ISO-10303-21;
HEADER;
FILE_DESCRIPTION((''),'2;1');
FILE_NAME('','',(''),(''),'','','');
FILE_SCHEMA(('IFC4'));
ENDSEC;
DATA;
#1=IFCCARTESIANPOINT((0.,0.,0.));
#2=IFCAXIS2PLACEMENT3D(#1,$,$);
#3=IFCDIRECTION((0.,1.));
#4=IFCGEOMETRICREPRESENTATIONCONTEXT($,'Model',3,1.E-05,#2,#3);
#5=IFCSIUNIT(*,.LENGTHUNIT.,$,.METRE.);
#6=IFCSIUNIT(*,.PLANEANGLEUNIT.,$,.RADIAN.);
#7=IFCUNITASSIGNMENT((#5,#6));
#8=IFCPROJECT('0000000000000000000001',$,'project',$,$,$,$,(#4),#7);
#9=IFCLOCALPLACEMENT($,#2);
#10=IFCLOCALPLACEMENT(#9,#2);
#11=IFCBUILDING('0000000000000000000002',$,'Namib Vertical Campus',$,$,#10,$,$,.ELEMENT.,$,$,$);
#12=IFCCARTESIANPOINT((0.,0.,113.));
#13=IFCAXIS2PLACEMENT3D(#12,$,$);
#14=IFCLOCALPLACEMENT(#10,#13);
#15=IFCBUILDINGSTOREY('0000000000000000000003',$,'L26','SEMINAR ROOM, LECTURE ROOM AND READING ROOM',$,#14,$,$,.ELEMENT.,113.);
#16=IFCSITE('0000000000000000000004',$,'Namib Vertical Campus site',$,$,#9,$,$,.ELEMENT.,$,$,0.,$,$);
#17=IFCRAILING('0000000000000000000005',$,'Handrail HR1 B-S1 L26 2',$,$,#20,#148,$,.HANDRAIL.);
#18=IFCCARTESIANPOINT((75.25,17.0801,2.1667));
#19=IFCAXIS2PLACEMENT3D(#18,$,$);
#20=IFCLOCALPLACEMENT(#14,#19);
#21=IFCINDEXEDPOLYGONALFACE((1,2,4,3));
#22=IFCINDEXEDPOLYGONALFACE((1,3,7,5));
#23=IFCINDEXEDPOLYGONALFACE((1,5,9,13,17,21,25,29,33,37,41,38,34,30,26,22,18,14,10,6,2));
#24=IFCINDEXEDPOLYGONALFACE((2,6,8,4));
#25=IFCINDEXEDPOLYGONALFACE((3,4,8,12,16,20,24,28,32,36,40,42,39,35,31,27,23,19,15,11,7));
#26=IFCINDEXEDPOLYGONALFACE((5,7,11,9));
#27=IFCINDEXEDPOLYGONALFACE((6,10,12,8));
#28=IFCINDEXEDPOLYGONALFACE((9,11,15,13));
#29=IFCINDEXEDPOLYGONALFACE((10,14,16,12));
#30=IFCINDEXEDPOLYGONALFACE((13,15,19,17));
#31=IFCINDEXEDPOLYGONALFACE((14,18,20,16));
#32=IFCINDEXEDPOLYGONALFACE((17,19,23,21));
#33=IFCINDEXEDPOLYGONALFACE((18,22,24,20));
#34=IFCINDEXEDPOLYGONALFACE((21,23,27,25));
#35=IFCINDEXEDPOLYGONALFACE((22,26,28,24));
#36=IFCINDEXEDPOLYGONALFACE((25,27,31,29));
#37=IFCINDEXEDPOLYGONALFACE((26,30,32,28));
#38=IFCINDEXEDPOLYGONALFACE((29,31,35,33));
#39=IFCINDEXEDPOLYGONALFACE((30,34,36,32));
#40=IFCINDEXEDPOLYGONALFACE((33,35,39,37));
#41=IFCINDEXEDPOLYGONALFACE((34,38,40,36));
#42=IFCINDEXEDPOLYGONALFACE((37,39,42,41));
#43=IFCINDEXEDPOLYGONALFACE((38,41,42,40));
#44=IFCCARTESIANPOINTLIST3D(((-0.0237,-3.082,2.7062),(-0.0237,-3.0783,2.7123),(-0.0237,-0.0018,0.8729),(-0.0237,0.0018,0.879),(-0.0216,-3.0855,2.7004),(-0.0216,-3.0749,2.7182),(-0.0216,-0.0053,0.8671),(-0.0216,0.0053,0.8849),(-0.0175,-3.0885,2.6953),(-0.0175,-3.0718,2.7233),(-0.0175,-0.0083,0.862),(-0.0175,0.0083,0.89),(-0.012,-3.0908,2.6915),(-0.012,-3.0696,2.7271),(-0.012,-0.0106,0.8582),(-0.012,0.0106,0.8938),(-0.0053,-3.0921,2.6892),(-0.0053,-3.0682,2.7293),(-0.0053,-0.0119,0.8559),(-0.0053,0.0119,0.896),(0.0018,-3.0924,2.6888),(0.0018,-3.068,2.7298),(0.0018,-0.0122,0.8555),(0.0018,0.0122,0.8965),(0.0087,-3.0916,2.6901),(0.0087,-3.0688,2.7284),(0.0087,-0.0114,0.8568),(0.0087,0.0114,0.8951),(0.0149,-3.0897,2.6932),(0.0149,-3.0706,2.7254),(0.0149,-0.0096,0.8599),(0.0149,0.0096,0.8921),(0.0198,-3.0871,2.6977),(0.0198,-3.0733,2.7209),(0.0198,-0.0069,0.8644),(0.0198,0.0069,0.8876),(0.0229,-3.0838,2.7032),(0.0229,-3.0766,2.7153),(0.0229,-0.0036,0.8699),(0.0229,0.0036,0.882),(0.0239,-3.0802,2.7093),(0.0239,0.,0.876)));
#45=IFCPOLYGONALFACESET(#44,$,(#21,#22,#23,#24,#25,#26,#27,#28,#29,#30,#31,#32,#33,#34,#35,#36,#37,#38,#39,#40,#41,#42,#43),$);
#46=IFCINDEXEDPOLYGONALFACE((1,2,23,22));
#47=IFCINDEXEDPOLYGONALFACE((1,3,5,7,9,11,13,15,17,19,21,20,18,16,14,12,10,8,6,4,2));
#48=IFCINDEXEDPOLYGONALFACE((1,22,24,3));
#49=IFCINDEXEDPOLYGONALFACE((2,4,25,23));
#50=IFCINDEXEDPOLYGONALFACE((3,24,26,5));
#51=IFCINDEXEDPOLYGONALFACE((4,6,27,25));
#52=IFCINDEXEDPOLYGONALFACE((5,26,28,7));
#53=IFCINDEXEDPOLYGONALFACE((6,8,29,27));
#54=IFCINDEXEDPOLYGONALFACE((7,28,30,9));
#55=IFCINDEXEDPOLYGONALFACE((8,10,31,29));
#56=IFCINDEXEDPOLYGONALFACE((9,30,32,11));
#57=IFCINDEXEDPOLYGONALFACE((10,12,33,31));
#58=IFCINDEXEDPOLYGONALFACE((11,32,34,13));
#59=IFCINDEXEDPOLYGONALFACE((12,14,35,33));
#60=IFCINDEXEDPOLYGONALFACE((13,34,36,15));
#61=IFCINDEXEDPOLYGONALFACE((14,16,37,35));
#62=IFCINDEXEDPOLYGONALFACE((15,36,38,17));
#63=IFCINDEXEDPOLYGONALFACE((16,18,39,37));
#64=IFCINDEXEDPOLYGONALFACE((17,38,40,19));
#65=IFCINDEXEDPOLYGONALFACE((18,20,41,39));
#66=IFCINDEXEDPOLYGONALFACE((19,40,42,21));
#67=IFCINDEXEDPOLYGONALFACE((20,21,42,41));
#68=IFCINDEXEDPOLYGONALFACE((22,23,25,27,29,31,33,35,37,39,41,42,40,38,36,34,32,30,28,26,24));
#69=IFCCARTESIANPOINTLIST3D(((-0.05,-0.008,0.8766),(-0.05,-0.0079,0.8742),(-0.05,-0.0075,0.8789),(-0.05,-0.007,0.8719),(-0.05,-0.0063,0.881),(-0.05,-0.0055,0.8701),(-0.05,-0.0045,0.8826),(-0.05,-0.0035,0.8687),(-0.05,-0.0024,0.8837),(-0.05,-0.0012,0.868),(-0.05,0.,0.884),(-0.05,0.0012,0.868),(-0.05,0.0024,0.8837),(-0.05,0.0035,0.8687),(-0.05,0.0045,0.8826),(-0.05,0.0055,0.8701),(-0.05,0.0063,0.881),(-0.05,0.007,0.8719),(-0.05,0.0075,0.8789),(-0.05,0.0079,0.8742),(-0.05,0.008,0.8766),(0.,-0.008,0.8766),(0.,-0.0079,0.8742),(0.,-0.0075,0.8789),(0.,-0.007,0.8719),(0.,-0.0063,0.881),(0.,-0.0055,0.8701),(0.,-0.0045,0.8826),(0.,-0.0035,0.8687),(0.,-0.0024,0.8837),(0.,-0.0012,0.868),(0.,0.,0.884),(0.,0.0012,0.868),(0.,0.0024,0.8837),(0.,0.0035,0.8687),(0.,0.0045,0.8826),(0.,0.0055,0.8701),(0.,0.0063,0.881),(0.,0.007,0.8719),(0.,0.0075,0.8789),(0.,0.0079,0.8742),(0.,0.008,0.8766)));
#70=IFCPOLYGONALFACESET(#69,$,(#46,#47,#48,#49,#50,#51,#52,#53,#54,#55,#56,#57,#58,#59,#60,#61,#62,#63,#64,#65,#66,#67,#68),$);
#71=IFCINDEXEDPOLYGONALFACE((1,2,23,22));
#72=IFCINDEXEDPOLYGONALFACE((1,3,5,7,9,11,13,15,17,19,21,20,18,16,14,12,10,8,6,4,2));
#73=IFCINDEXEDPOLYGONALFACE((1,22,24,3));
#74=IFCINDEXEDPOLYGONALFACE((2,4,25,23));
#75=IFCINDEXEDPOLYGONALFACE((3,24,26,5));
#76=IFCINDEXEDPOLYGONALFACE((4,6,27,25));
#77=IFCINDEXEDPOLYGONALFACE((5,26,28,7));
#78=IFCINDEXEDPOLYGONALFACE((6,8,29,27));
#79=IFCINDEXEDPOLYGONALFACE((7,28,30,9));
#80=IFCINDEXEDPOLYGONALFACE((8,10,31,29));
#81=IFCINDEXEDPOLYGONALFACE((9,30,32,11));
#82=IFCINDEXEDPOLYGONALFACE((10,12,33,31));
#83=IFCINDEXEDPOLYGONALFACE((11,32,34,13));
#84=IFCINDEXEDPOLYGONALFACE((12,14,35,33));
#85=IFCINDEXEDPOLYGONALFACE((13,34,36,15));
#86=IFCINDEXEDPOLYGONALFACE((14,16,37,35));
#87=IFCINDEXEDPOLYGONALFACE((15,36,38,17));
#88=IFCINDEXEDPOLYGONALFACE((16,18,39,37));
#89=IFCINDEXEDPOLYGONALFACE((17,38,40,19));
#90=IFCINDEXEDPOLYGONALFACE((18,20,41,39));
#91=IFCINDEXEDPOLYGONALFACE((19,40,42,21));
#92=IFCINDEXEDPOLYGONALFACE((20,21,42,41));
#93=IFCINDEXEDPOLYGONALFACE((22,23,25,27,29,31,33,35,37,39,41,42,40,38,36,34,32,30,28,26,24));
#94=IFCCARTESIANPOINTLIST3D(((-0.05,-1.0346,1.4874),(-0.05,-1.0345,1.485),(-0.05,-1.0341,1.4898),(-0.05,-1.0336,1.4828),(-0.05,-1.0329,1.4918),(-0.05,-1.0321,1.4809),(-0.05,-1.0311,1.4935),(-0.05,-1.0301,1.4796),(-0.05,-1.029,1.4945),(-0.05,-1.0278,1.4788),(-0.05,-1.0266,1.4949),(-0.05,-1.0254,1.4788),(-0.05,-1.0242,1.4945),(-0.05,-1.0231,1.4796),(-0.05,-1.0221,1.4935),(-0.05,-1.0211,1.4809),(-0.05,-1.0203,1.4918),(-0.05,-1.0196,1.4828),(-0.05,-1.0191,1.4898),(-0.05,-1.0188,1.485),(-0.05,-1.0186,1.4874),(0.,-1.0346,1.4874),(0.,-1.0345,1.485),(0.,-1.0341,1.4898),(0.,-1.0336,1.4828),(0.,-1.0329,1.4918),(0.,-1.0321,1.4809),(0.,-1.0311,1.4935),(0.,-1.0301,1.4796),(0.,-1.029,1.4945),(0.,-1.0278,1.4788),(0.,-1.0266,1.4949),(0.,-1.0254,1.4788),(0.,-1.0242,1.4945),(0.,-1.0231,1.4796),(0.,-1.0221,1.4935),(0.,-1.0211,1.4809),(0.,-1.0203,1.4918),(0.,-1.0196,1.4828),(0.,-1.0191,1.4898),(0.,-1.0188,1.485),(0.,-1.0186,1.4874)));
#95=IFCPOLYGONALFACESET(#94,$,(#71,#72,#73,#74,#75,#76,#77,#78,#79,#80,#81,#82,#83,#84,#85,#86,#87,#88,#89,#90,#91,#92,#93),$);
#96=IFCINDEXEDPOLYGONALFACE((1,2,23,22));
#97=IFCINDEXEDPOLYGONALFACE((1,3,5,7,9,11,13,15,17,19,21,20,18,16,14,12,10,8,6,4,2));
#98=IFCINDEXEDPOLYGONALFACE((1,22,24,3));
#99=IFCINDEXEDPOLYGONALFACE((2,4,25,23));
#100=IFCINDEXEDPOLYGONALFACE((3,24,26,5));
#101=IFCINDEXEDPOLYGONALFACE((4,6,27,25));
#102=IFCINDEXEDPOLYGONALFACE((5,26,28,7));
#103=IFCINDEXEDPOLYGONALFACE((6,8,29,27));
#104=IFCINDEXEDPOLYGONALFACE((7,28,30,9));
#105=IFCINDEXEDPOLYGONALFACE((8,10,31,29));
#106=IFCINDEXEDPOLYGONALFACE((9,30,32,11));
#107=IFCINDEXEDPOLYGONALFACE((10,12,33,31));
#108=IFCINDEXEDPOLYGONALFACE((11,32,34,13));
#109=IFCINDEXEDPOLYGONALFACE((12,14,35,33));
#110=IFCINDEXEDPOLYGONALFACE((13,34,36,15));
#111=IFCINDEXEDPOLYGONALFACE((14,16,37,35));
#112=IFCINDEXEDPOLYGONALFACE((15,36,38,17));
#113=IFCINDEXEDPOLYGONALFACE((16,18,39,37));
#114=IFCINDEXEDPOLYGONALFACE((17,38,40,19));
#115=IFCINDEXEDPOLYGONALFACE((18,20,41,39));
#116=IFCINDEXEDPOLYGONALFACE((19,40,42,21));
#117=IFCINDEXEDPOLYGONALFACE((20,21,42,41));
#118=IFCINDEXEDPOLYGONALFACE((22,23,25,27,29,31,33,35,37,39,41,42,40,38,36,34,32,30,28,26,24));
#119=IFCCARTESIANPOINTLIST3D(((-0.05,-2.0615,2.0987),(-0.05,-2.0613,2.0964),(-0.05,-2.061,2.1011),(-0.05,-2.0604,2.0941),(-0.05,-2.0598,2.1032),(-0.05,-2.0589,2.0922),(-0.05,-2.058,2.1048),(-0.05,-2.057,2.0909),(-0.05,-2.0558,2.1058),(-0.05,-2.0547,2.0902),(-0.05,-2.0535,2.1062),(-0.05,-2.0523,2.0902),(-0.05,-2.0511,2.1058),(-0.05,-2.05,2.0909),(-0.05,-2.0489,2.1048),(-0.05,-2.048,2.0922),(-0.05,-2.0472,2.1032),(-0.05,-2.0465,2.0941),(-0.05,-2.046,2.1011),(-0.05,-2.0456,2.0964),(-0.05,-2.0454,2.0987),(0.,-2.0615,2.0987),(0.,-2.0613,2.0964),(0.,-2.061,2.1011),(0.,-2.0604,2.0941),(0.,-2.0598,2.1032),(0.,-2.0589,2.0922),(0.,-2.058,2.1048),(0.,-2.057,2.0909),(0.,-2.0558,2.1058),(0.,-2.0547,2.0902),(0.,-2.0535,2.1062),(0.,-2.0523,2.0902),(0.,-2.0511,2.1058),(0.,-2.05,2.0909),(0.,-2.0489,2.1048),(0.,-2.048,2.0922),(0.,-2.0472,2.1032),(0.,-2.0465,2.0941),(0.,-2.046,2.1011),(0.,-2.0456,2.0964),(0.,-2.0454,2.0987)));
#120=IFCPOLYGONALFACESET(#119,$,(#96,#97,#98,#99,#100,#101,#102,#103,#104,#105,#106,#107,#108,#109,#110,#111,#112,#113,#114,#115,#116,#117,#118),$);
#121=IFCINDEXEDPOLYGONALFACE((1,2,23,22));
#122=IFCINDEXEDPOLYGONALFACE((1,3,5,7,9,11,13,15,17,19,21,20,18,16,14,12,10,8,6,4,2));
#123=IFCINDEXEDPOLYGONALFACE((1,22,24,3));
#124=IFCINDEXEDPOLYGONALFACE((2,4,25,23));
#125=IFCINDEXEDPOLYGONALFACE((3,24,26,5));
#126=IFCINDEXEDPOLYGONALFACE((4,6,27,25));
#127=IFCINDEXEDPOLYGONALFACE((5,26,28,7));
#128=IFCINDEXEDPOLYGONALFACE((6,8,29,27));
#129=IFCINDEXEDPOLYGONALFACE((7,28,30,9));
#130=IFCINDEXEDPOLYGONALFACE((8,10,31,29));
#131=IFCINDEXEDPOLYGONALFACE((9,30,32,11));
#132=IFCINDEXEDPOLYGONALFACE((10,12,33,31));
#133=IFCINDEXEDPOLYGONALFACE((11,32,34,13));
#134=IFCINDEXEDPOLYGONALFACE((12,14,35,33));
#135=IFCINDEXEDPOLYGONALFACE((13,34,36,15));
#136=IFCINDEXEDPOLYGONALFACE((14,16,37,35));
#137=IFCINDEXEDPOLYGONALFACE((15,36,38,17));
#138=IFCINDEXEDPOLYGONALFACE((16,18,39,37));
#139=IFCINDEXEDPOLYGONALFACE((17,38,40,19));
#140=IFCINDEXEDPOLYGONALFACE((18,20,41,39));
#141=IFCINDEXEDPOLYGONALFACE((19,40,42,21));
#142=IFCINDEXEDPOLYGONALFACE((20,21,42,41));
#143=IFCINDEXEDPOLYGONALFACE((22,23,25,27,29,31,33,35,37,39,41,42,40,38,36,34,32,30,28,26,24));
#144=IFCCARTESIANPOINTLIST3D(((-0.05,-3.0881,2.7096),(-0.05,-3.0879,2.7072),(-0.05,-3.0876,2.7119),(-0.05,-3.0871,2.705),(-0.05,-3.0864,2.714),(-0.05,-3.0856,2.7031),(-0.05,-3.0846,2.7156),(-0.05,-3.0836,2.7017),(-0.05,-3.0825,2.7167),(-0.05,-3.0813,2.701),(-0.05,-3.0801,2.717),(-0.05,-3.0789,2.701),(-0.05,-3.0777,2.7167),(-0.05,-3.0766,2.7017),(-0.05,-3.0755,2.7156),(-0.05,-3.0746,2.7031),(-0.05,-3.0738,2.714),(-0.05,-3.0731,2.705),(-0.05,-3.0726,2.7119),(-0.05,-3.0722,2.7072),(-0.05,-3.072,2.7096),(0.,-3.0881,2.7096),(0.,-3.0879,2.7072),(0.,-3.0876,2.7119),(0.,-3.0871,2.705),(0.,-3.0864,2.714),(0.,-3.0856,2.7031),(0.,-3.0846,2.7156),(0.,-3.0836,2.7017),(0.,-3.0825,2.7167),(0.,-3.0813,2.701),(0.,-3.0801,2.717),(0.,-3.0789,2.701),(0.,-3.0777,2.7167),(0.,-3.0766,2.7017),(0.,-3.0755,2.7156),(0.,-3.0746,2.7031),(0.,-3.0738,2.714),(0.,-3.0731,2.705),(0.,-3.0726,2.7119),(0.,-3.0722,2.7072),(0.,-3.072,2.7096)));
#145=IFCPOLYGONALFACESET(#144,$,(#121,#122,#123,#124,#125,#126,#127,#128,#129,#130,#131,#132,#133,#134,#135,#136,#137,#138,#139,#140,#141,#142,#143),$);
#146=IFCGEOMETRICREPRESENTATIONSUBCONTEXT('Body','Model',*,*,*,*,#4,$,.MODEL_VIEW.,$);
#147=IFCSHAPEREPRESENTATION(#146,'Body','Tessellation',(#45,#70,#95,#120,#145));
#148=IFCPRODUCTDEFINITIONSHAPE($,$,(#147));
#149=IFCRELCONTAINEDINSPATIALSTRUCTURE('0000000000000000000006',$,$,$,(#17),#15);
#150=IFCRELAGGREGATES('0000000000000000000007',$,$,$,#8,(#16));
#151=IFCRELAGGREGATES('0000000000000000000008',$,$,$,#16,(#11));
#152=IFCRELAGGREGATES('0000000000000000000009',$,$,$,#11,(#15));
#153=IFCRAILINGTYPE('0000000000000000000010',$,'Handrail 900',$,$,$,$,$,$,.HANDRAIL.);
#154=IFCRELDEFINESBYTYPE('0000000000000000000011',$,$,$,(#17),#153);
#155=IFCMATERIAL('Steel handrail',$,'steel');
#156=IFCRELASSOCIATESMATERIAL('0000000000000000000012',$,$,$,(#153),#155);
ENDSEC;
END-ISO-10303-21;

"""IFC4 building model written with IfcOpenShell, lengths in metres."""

from ifc_helpers import new_model, si_unit, direction, frame, origin, origin_2d, place, context, subcontext, project, spatial, circle, extrude, material, type_object, element, save


model = new_model("IFC4")

# Units and contexts
model_context = context("Model", 3, precision=1e-05, world=origin(), true_north=direction((0.0, 1.0)))
body_context = subcontext(model_context, "Body", "Model", "MODEL_VIEW")
ifc_project = project(units=[si_unit("LENGTHUNIT", "METRE"), si_unit("PLANEANGLEUNIT", "RADIAN")], contexts=[model_context])

# Site, building, storey
site_placement = place(None, origin())
site = spatial("IfcSite", under=ifc_project, at=site_placement, Name="Namib Vertical Campus site", CompositionType="ELEMENT", RefElevation=0.0)
building_placement = place(site_placement, origin())
building = spatial("IfcBuilding", under=site, at=building_placement, Name="Namib Vertical Campus", CompositionType="ELEMENT")
storey_placement = place(building_placement, frame((0.0, 0.0, 113.0)))
storey = spatial("IfcBuildingStorey", under=building, at=storey_placement, Name="L26", Description="SEMINAR ROOM, LECTURE ROOM AND READING ROOM", CompositionType="ELEMENT", Elevation=113.0)

# Railing
ifc_material_1 = material(Name="Steel handrail", Category="steel")
railing_type_1 = type_object("IfcRailingType", Name="Handrail 900", PredefinedType="HANDRAIL", material=ifc_material_1)
railing_1_placement = place(storey_placement, frame((75.25, 17.0801, 2.1667)))
element("IfcRailing", 1, at=railing_1_placement, inside=storey, type_object=railing_type_1, Name="Handrail HR1 B-S1 L26 2", PredefinedType="HANDRAIL", context=body_context, shape_type="SweptSolid", body=[
    extrude(circle(Radius=0.0239, at=origin_2d()), frame((0.0, 0.0, 0.876), z_axis=(0.0, -0.859309, 0.511458), x_axis=(1.0, 0.0, 0.0)), (0.0, 0.0, 1.0), 3.5845),
    extrude(circle(Radius=0.0081, at=origin_2d()), frame((0.0, 0.0, 0.876), z_axis=(-1.0, 0.0, 0.0), x_axis=(0.0, 0.0, 1.0)), (0.0, 0.0, 1.0), 0.05),
    extrude(circle(Radius=0.0081, at=origin_2d()), frame((0.0, -1.0266, 1.4868), z_axis=(-1.0, 0.0, 0.0), x_axis=(0.0, 0.0, 1.0)), (0.0, 0.0, 1.0), 0.05),
    extrude(circle(Radius=0.0081, at=origin_2d()), frame((0.0, -2.0535, 2.0981), z_axis=(-1.0, 0.0, 0.0), x_axis=(0.0, 0.0, 1.0)), (0.0, 0.0, 1.0), 0.05),
    extrude(circle(Radius=0.0081, at=origin_2d()), frame((0.0, -3.0801, 2.709), z_axis=(-1.0, 0.0, 0.0), x_axis=(0.0, 0.0, 1.0)), (0.0, 0.0, 1.0), 0.05),
])

save(model, "model.ifc")
